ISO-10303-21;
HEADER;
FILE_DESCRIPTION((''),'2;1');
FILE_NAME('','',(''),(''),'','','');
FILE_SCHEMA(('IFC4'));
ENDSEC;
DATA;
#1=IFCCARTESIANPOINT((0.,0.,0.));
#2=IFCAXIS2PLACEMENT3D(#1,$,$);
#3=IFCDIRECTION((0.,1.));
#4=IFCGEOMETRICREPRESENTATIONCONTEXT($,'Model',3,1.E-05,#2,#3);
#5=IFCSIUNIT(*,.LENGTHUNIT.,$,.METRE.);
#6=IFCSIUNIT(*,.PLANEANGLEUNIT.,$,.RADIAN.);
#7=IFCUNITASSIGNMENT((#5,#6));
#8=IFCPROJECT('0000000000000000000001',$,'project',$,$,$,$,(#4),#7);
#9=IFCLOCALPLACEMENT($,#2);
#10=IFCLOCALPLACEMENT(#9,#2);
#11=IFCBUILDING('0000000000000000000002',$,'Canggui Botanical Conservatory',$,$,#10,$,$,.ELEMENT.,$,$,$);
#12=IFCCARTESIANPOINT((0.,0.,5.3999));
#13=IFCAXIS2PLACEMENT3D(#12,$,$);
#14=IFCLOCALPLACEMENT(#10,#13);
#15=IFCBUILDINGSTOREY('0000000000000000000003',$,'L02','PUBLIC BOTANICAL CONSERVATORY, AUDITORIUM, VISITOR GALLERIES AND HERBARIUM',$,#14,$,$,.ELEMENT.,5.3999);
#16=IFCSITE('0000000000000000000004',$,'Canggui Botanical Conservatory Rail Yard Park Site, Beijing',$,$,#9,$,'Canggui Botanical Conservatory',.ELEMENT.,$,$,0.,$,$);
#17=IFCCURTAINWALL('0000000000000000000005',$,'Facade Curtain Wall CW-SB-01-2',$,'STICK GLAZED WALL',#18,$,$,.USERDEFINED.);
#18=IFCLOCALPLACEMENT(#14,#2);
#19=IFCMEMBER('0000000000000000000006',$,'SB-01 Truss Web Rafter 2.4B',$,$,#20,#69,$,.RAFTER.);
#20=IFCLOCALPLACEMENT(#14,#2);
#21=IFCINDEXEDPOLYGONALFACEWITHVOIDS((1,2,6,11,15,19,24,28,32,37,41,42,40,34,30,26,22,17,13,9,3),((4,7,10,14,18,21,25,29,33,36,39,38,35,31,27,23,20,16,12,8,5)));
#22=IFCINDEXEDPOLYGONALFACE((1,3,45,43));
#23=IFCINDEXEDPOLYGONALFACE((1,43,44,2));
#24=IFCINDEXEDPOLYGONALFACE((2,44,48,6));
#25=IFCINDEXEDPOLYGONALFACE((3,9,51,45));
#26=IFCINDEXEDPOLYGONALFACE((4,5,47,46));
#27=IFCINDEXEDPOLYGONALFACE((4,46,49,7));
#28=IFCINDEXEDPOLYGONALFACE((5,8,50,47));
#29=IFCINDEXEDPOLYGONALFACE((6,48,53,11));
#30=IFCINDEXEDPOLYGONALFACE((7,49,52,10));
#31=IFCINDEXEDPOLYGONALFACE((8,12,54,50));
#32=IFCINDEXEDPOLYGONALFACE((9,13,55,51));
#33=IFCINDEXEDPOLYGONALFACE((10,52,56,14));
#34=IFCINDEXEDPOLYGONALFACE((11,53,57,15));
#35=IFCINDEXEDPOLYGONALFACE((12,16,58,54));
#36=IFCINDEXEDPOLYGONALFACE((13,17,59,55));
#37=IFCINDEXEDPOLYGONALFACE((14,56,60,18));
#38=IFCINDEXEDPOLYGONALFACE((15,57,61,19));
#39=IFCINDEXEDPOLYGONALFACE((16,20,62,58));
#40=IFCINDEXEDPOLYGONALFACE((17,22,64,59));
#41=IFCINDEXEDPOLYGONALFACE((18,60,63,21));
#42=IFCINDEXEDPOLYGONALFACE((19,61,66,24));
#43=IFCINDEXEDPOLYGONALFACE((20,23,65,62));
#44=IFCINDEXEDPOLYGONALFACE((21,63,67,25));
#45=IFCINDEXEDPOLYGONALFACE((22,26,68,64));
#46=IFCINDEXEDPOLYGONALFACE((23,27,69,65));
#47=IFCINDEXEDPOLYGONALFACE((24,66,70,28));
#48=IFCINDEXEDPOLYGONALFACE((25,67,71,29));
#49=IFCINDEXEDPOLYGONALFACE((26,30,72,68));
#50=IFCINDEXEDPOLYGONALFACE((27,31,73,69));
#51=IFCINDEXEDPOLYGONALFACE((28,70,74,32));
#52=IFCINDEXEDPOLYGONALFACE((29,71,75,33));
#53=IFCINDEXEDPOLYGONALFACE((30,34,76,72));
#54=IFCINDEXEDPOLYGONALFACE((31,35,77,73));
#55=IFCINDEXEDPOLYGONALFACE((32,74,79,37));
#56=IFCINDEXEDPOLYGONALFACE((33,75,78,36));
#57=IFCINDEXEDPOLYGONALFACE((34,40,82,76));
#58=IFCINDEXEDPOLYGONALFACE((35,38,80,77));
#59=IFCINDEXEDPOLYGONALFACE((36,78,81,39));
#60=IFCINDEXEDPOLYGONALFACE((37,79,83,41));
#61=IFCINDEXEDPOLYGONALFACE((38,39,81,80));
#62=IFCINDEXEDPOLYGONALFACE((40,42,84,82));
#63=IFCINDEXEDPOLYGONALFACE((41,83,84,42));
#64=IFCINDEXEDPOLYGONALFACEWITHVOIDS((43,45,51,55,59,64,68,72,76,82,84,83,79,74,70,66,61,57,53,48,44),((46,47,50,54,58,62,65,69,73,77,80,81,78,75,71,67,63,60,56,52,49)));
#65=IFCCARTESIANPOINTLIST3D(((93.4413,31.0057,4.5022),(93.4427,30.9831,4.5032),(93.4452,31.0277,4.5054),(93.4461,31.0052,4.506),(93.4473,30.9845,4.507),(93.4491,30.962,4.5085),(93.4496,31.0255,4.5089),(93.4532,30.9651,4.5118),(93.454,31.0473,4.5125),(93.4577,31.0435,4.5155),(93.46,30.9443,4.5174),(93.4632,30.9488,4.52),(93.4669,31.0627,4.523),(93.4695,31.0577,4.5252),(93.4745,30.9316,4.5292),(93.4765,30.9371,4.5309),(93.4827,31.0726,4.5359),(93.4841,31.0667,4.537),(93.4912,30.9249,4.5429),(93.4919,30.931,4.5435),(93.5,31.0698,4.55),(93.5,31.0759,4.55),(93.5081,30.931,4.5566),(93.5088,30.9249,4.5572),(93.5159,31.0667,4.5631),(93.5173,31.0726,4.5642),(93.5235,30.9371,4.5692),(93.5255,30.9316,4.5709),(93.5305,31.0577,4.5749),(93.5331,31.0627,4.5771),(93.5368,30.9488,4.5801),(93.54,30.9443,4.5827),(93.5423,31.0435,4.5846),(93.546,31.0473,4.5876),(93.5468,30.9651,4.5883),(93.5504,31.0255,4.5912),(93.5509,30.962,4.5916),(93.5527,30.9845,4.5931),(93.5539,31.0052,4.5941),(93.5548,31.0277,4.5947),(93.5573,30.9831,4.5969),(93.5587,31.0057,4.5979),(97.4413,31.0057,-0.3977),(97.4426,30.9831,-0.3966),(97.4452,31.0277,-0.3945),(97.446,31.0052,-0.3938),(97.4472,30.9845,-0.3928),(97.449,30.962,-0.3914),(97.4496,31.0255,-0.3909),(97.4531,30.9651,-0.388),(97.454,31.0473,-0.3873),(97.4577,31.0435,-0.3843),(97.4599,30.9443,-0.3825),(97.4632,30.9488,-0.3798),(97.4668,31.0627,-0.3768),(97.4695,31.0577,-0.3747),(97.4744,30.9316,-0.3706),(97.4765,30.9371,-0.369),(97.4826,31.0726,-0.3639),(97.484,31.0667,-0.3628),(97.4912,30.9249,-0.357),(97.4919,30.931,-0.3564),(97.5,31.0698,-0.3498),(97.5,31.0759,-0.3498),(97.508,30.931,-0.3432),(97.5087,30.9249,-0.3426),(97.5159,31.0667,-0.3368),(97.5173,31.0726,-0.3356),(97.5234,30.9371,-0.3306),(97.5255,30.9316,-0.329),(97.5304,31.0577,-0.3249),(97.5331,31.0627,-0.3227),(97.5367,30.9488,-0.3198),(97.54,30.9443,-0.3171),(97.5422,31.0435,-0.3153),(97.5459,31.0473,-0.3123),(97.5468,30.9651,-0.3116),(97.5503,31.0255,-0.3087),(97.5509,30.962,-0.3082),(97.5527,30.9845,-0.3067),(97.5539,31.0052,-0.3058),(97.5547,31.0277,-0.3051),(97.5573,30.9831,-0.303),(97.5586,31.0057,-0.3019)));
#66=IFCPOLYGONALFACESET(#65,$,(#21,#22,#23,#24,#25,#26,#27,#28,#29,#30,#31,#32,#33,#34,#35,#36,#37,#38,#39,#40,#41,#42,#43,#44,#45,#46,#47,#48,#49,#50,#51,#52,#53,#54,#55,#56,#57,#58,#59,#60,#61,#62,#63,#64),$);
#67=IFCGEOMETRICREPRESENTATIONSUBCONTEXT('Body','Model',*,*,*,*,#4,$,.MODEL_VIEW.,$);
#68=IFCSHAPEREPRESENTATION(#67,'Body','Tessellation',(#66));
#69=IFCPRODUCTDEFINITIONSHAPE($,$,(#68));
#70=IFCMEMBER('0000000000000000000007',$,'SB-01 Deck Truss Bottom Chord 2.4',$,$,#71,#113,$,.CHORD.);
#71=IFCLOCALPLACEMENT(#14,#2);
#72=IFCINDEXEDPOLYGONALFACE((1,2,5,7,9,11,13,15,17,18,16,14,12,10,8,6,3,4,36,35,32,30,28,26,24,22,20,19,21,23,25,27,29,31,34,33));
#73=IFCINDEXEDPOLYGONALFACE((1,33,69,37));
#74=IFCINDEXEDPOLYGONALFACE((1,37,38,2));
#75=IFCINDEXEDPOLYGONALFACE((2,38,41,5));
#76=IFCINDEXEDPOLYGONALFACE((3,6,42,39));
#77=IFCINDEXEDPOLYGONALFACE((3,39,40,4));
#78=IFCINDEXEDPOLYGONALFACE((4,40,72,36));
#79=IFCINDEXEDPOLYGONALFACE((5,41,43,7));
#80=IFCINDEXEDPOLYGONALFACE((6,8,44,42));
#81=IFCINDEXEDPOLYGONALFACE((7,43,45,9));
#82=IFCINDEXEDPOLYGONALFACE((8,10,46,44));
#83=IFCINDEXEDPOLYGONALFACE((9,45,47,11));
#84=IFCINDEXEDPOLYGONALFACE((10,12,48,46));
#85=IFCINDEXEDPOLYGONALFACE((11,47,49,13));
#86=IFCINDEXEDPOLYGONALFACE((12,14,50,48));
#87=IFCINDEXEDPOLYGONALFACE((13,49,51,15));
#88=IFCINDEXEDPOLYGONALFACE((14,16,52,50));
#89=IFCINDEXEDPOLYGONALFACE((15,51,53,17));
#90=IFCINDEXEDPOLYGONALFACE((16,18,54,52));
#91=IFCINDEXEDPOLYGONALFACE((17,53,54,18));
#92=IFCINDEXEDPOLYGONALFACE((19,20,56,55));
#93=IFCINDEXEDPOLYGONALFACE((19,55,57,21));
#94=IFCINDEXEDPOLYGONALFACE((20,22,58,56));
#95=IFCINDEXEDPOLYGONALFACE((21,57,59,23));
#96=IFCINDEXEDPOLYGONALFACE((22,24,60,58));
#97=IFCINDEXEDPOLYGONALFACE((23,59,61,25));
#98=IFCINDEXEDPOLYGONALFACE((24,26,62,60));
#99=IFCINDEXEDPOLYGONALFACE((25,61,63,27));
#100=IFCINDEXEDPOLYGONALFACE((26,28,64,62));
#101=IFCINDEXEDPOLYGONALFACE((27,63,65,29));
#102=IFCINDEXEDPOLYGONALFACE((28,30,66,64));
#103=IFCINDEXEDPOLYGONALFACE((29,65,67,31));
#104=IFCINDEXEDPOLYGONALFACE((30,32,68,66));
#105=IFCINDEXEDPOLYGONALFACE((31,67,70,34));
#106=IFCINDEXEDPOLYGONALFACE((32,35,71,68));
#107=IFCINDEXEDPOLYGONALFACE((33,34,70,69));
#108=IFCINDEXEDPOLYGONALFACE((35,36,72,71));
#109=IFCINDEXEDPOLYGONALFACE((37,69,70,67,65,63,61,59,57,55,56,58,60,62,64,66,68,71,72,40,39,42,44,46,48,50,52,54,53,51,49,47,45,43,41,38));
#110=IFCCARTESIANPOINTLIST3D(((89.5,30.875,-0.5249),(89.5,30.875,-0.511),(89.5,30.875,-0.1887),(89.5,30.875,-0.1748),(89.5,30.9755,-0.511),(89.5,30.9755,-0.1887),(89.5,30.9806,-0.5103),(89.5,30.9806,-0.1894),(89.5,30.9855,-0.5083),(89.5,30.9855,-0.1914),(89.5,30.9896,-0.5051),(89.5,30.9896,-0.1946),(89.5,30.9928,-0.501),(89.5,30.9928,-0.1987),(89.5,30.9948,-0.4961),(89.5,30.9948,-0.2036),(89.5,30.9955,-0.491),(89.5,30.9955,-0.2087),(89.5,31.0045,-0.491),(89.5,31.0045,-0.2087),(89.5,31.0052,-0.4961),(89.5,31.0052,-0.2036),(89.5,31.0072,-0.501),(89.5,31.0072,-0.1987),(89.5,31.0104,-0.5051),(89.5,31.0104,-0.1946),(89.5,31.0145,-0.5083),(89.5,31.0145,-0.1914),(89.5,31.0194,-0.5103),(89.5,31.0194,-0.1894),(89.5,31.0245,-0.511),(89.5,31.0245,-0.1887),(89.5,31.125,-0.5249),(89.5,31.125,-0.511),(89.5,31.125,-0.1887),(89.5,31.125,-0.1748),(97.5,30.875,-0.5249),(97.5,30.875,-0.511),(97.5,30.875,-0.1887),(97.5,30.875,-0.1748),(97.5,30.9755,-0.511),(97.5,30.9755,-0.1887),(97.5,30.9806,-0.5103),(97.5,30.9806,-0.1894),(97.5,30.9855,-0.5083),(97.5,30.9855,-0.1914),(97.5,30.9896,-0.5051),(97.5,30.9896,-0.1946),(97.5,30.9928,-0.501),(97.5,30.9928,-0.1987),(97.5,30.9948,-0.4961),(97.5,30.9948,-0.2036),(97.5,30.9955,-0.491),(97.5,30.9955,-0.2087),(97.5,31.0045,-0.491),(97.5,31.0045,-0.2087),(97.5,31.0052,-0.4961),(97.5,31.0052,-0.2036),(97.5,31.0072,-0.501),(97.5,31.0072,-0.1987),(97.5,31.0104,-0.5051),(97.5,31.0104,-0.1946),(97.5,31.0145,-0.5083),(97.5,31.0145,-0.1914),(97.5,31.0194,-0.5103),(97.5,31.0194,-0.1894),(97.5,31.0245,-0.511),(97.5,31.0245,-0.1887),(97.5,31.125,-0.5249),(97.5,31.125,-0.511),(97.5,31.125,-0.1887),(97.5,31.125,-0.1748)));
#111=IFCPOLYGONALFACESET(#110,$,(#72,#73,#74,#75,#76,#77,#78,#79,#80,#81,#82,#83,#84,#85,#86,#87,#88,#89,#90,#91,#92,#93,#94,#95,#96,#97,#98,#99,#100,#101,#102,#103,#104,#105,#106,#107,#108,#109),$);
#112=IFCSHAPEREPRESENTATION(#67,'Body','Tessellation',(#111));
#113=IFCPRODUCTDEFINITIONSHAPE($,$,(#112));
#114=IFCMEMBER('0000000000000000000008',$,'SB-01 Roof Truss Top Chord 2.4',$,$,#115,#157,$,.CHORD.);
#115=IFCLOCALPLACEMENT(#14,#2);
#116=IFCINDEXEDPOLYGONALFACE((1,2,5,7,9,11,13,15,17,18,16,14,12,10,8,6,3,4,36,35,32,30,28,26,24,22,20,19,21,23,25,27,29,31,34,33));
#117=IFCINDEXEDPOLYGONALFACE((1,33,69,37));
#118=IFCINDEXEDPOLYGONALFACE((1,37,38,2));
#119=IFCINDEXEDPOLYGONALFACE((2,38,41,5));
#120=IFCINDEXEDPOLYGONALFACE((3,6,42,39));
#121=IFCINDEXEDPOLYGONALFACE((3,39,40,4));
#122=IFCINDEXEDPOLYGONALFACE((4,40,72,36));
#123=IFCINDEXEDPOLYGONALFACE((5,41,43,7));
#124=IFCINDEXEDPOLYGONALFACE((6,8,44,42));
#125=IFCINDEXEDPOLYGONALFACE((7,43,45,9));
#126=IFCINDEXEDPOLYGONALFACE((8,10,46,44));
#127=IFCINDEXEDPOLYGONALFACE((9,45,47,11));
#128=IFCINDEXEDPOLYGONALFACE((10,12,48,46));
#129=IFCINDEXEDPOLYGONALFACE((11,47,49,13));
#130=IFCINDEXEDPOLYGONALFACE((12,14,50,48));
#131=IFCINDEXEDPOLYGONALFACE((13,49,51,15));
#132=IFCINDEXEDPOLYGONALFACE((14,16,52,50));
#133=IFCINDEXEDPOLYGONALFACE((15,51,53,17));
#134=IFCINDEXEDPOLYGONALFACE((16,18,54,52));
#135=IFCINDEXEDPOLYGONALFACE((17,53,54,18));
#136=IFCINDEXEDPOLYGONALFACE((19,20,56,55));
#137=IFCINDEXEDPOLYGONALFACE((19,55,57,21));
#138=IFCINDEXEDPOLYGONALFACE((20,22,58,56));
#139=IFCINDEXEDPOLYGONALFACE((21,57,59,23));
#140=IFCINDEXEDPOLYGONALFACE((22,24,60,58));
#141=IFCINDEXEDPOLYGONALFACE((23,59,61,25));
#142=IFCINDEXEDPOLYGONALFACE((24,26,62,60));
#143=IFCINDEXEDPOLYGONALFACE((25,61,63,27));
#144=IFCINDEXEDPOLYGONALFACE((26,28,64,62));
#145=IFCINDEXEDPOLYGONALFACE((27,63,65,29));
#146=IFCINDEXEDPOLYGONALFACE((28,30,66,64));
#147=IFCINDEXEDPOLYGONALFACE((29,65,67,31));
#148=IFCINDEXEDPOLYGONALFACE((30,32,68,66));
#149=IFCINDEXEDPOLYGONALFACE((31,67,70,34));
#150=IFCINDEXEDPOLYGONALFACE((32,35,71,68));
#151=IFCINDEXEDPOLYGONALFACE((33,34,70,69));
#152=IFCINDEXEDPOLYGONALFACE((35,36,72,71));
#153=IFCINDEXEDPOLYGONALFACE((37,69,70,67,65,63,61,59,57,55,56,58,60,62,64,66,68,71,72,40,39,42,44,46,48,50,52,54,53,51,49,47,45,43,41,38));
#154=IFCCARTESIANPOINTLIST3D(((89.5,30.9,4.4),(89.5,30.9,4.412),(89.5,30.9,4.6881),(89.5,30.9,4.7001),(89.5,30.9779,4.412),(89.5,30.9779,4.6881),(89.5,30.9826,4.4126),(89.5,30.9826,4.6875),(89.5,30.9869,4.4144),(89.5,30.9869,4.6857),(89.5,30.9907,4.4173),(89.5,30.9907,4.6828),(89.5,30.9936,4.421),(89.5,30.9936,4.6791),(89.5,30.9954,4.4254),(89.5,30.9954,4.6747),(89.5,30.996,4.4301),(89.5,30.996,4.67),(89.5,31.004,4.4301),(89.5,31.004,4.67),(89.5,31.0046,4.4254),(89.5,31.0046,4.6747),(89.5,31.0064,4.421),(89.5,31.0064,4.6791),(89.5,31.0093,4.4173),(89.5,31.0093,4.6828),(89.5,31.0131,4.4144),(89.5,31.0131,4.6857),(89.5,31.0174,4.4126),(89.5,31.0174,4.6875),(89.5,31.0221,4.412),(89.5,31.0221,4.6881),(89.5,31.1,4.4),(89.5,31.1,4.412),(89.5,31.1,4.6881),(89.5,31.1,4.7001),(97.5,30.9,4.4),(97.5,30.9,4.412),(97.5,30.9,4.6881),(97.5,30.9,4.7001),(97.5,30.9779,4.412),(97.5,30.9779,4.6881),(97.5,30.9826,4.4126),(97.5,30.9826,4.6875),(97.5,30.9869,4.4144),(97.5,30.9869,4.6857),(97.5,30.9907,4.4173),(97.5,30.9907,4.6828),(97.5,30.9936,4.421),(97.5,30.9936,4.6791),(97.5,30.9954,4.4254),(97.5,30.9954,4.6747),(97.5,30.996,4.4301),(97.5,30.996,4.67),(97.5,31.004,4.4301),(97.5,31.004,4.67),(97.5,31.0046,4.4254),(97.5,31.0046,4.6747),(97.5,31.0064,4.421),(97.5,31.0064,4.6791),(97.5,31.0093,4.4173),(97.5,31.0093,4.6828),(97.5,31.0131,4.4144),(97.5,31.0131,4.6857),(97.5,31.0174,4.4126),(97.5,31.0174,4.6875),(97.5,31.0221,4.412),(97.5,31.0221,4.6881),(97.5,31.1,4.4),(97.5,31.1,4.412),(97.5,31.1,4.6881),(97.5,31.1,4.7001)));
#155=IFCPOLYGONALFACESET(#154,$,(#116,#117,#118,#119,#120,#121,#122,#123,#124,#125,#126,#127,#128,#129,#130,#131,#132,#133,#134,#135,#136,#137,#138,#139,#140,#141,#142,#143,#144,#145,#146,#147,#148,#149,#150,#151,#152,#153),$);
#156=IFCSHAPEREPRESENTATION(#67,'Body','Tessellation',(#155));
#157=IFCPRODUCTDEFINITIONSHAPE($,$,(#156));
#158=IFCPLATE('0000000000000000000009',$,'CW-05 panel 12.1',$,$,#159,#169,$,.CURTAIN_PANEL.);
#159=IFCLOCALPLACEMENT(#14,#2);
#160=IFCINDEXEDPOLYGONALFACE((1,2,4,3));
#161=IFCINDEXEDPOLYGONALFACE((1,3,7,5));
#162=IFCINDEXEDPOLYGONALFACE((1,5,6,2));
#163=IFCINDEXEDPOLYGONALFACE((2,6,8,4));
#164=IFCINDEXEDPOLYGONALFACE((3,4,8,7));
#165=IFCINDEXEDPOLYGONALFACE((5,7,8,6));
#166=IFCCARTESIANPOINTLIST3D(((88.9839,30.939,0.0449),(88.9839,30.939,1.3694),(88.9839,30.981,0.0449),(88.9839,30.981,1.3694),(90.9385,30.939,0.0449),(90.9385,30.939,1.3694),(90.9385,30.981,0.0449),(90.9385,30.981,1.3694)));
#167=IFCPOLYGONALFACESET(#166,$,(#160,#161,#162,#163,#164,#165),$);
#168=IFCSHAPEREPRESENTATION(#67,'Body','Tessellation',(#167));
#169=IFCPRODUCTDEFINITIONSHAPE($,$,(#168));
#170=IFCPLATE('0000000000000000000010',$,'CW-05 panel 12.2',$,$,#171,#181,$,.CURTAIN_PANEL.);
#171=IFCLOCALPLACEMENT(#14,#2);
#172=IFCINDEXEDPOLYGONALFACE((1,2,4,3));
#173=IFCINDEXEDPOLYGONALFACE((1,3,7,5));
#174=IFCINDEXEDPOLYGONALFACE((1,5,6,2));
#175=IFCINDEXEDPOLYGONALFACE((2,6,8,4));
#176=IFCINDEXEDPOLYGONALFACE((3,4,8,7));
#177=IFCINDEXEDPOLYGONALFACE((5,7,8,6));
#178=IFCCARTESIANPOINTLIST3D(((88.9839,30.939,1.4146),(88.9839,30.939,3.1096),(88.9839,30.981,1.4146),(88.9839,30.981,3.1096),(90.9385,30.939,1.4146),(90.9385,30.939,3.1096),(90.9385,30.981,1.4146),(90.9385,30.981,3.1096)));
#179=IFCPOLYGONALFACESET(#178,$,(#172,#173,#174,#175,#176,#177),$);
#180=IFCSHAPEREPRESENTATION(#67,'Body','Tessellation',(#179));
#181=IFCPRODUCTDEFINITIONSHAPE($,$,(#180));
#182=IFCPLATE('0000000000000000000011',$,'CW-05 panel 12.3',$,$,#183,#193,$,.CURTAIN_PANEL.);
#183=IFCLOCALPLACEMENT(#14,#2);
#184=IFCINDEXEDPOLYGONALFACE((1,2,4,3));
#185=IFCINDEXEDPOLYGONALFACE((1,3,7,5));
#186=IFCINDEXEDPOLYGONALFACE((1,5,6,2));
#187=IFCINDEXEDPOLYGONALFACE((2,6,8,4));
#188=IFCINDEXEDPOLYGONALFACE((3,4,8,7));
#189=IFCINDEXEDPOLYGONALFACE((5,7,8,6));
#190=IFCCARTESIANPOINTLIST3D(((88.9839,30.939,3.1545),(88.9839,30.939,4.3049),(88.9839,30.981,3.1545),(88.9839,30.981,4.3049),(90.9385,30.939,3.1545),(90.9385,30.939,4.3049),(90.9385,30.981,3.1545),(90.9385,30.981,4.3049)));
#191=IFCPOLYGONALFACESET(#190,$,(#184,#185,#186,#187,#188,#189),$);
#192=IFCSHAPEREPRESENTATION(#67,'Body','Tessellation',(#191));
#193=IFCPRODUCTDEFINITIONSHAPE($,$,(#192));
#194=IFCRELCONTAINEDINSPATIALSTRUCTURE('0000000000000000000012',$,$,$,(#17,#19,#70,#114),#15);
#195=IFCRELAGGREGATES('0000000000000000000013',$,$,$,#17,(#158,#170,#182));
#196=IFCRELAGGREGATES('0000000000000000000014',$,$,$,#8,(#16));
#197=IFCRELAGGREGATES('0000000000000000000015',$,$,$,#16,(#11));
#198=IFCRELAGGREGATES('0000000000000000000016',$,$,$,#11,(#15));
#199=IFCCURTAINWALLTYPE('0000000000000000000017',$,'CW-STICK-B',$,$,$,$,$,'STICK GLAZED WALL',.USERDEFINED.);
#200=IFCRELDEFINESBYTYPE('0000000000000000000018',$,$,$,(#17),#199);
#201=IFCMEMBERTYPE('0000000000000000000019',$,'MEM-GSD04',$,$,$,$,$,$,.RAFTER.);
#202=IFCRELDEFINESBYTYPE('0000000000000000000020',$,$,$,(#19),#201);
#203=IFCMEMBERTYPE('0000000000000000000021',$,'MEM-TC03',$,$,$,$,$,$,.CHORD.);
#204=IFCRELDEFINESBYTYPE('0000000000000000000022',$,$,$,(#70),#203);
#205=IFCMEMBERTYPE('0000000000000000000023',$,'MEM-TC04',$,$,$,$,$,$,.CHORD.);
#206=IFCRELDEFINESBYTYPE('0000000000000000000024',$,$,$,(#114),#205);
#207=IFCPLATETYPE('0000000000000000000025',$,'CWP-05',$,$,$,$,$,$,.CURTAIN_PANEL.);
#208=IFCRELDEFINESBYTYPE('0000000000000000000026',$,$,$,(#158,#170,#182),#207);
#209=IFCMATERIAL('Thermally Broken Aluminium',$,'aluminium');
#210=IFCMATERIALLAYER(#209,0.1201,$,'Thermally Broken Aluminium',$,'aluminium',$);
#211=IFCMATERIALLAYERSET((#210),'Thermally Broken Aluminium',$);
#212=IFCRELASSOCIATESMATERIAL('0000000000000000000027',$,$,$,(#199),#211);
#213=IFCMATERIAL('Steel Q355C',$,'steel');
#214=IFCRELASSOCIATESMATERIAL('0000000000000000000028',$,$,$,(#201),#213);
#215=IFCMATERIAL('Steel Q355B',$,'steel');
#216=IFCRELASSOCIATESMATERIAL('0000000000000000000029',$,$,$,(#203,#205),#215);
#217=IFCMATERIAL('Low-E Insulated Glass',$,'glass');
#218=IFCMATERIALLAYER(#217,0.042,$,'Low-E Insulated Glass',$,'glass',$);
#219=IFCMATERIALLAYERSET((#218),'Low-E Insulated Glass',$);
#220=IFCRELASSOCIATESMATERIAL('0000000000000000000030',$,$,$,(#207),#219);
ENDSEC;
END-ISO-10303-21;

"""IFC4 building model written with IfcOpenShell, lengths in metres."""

from ifc_helpers import new_model, si_unit, direction, frame, origin, origin_2d, place, context, subcontext, project, spatial, rectangle, hollow_circle, i_section, extrude, material, layer, layer_set, material_profile, profile_set, type_object, element, aggregate, save


model = new_model("IFC4")

# Units and contexts
model_context = context("Model", 3, precision=1e-05, world=origin(), true_north=direction((0.0, 1.0)))
body_context = subcontext(model_context, "Body", "Model", "MODEL_VIEW")
ifc_project = project(units=[si_unit("LENGTHUNIT", "METRE"), si_unit("PLANEANGLEUNIT", "RADIAN")], contexts=[model_context])

# Site, building, storey
site_placement = place(None, origin())
site = spatial("IfcSite", under=ifc_project, at=site_placement, Name="Canggui Botanical Conservatory Rail Yard Park Site, Beijing", LongName="Canggui Botanical Conservatory", CompositionType="ELEMENT", RefElevation=0.0)
building_placement = place(site_placement, origin())
building = spatial("IfcBuilding", under=site, at=building_placement, Name="Canggui Botanical Conservatory", CompositionType="ELEMENT")
storey_placement = place(building_placement, frame((0.0, 0.0, 5.3999)))
storey = spatial("IfcBuildingStorey", under=building, at=storey_placement, Name="L02", Description="PUBLIC BOTANICAL CONSERVATORY, AUDITORIUM, VISITOR GALLERIES AND HERBARIUM", CompositionType="ELEMENT", Elevation=5.3999)

# Shared definitions
ifc_material_1 = material(Name="Steel Q355B", Category="steel")

# Curtain wall
ifc_material_2 = material(Name="Thermally Broken Aluminium", Category="aluminium")
ifc_layer_1 = layer(ifc_material_2, 0.1201, Name="Thermally Broken Aluminium", Category="aluminium")
ifc_layer_set_1 = layer_set([ifc_layer_1], Name="Thermally Broken Aluminium")
curtain_wall_type = type_object("IfcCurtainWallType", Name="CW-STICK-B", ElementType="STICK GLAZED WALL", PredefinedType="USERDEFINED", material=ifc_layer_set_1)
curtain_wall_placement = place(storey_placement, origin())
curtain_wall = element("IfcCurtainWall", 1, at=curtain_wall_placement, inside=storey, type_object=curtain_wall_type, Name="Facade Curtain Wall CW-SB-01-2", ObjectType="STICK GLAZED WALL", PredefinedType="USERDEFINED")

# Members
ifc_material_3 = material(Name="Steel Q355C", Category="steel")
ifc_material_profile_1 = material_profile(ifc_material_3, hollow_circle(Radius=0.0759, WallThickness=0.0061, at=origin_2d()), Name="CHS 152x6")
ifc_profile_set_1 = profile_set([ifc_material_profile_1], Name="Steel Q355C")
member_type_1 = type_object("IfcMemberType", Name="MEM-GSD04", PredefinedType="RAFTER", material=ifc_profile_set_1)
for number, where, z_axis, x_axis, name in (
    (2, (93.5, 31.0, 4.55), (0.632384, 0.0, -0.774655), (0.0, 1.0, 0.0), "SB-01 Truss Web Rafter 2.4B"),
):
    element("IfcMember", number, at=place(storey_placement, frame(where, z_axis=z_axis, x_axis=x_axis)), inside=storey, type_object=member_type_1, Name=name, PredefinedType="RAFTER", context=body_context, shape_type="SweptSolid", body=[
        extrude(hollow_circle(Radius=0.0759, WallThickness=0.0061, at=origin_2d()), origin(), (0.0, 0.0, 1.0), 6.3252),
    ])
ifc_material_profile_2 = material_profile(ifc_material_1, i_section(OverallWidth=0.25, OverallDepth=0.3501, WebThickness=0.009, FlangeThickness=0.0139, FilletRadius=0.02, at=origin_2d()), Name="HM 350x250x9x14")
ifc_profile_set_2 = profile_set([ifc_material_profile_2], Name="Steel Q355B")
member_type_2 = type_object("IfcMemberType", Name="MEM-TC03", PredefinedType="CHORD", material=ifc_profile_set_2)
member_1_placement = place(storey_placement, frame((89.5, 31.0, -0.3499), z_axis=(1.0, 0.0, 0.0), x_axis=(0.0, 1.0, 0.0)))
element("IfcMember", 3, at=member_1_placement, inside=storey, type_object=member_type_2, Name="SB-01 Deck Truss Bottom Chord 2.4", PredefinedType="CHORD", context=body_context, shape_type="SweptSolid", body=[
    extrude(i_section(OverallWidth=0.25, OverallDepth=0.3501, WebThickness=0.009, FlangeThickness=0.0139, FilletRadius=0.02, at=origin_2d()), origin(), (0.0, 0.0, 1.0), 8.0),
])
ifc_material_profile_3 = material_profile(ifc_material_1, i_section(OverallWidth=0.2, OverallDepth=0.3, WebThickness=0.0081, FlangeThickness=0.012, FilletRadius=0.0181, at=origin_2d()), Name="HM 300x200x8x12")
ifc_profile_set_3 = profile_set([ifc_material_profile_3], Name="Steel Q355B")
member_type_3 = type_object("IfcMemberType", Name="MEM-TC04", PredefinedType="CHORD", material=ifc_profile_set_3)
member_2_placement = place(storey_placement, frame((89.5, 31.0, 4.55), z_axis=(1.0, 0.0, 0.0), x_axis=(0.0, 1.0, 0.0)))
element("IfcMember", 4, at=member_2_placement, inside=storey, type_object=member_type_3, Name="SB-01 Roof Truss Top Chord 2.4", PredefinedType="CHORD", context=body_context, shape_type="SweptSolid", body=[
    extrude(i_section(OverallWidth=0.2, OverallDepth=0.3, WebThickness=0.0081, FlangeThickness=0.012, FilletRadius=0.0181, at=origin_2d()), origin(), (0.0, 0.0, 1.0), 8.0),
])

# Plates
ifc_material_4 = material(Name="Low-E Insulated Glass", Category="glass")
ifc_layer_2 = layer(ifc_material_4, 0.042, Name="Low-E Insulated Glass", Category="glass")
ifc_layer_set_2 = layer_set([ifc_layer_2], Name="Low-E Insulated Glass")
plate_type_1 = type_object("IfcPlateType", Name="CWP-05", PredefinedType="CURTAIN_PANEL", material=ifc_layer_set_2)
plate_1_placement = place(storey_placement, frame((89.9612, 30.96, 0.0449), z_axis=(0.0, 0.0, 1.0), x_axis=(1.0, 0.0, 0.0)))
plate_1 = element("IfcPlate", 5, at=plate_1_placement, type_object=plate_type_1, Name="CW-05 panel 12.1", PredefinedType="CURTAIN_PANEL", context=body_context, shape_type="SweptSolid", body=[
    extrude(rectangle(XDim=1.9546, YDim=0.042, at=origin_2d()), origin(), (0.0, 0.0, 1.0), 1.3245),
])
plate_2_placement = place(storey_placement, frame((89.9612, 30.96, 1.4146), z_axis=(0.0, 0.0, 1.0), x_axis=(1.0, 0.0, 0.0)))
plate_2 = element("IfcPlate", 6, at=plate_2_placement, type_object=plate_type_1, Name="CW-05 panel 12.2", PredefinedType="CURTAIN_PANEL", context=body_context, shape_type="SweptSolid", body=[
    extrude(rectangle(XDim=1.9546, YDim=0.042, at=origin_2d()), origin(), (0.0, 0.0, 1.0), 1.6951),
])
plate_3_placement = place(storey_placement, frame((89.9612, 30.96, 3.1545), z_axis=(0.0, 0.0, 1.0), x_axis=(1.0, 0.0, 0.0)))
plate_3 = element("IfcPlate", 7, at=plate_3_placement, type_object=plate_type_1, Name="CW-05 panel 12.3", PredefinedType="CURTAIN_PANEL", context=body_context, shape_type="SweptSolid", body=[
    extrude(rectangle(XDim=1.9546, YDim=0.042, at=origin_2d()), origin(), (0.0, 0.0, 1.0), 1.1504),
])
aggregate(curtain_wall, [plate_1, plate_2, plate_3])

save(model, "model.ifc")
